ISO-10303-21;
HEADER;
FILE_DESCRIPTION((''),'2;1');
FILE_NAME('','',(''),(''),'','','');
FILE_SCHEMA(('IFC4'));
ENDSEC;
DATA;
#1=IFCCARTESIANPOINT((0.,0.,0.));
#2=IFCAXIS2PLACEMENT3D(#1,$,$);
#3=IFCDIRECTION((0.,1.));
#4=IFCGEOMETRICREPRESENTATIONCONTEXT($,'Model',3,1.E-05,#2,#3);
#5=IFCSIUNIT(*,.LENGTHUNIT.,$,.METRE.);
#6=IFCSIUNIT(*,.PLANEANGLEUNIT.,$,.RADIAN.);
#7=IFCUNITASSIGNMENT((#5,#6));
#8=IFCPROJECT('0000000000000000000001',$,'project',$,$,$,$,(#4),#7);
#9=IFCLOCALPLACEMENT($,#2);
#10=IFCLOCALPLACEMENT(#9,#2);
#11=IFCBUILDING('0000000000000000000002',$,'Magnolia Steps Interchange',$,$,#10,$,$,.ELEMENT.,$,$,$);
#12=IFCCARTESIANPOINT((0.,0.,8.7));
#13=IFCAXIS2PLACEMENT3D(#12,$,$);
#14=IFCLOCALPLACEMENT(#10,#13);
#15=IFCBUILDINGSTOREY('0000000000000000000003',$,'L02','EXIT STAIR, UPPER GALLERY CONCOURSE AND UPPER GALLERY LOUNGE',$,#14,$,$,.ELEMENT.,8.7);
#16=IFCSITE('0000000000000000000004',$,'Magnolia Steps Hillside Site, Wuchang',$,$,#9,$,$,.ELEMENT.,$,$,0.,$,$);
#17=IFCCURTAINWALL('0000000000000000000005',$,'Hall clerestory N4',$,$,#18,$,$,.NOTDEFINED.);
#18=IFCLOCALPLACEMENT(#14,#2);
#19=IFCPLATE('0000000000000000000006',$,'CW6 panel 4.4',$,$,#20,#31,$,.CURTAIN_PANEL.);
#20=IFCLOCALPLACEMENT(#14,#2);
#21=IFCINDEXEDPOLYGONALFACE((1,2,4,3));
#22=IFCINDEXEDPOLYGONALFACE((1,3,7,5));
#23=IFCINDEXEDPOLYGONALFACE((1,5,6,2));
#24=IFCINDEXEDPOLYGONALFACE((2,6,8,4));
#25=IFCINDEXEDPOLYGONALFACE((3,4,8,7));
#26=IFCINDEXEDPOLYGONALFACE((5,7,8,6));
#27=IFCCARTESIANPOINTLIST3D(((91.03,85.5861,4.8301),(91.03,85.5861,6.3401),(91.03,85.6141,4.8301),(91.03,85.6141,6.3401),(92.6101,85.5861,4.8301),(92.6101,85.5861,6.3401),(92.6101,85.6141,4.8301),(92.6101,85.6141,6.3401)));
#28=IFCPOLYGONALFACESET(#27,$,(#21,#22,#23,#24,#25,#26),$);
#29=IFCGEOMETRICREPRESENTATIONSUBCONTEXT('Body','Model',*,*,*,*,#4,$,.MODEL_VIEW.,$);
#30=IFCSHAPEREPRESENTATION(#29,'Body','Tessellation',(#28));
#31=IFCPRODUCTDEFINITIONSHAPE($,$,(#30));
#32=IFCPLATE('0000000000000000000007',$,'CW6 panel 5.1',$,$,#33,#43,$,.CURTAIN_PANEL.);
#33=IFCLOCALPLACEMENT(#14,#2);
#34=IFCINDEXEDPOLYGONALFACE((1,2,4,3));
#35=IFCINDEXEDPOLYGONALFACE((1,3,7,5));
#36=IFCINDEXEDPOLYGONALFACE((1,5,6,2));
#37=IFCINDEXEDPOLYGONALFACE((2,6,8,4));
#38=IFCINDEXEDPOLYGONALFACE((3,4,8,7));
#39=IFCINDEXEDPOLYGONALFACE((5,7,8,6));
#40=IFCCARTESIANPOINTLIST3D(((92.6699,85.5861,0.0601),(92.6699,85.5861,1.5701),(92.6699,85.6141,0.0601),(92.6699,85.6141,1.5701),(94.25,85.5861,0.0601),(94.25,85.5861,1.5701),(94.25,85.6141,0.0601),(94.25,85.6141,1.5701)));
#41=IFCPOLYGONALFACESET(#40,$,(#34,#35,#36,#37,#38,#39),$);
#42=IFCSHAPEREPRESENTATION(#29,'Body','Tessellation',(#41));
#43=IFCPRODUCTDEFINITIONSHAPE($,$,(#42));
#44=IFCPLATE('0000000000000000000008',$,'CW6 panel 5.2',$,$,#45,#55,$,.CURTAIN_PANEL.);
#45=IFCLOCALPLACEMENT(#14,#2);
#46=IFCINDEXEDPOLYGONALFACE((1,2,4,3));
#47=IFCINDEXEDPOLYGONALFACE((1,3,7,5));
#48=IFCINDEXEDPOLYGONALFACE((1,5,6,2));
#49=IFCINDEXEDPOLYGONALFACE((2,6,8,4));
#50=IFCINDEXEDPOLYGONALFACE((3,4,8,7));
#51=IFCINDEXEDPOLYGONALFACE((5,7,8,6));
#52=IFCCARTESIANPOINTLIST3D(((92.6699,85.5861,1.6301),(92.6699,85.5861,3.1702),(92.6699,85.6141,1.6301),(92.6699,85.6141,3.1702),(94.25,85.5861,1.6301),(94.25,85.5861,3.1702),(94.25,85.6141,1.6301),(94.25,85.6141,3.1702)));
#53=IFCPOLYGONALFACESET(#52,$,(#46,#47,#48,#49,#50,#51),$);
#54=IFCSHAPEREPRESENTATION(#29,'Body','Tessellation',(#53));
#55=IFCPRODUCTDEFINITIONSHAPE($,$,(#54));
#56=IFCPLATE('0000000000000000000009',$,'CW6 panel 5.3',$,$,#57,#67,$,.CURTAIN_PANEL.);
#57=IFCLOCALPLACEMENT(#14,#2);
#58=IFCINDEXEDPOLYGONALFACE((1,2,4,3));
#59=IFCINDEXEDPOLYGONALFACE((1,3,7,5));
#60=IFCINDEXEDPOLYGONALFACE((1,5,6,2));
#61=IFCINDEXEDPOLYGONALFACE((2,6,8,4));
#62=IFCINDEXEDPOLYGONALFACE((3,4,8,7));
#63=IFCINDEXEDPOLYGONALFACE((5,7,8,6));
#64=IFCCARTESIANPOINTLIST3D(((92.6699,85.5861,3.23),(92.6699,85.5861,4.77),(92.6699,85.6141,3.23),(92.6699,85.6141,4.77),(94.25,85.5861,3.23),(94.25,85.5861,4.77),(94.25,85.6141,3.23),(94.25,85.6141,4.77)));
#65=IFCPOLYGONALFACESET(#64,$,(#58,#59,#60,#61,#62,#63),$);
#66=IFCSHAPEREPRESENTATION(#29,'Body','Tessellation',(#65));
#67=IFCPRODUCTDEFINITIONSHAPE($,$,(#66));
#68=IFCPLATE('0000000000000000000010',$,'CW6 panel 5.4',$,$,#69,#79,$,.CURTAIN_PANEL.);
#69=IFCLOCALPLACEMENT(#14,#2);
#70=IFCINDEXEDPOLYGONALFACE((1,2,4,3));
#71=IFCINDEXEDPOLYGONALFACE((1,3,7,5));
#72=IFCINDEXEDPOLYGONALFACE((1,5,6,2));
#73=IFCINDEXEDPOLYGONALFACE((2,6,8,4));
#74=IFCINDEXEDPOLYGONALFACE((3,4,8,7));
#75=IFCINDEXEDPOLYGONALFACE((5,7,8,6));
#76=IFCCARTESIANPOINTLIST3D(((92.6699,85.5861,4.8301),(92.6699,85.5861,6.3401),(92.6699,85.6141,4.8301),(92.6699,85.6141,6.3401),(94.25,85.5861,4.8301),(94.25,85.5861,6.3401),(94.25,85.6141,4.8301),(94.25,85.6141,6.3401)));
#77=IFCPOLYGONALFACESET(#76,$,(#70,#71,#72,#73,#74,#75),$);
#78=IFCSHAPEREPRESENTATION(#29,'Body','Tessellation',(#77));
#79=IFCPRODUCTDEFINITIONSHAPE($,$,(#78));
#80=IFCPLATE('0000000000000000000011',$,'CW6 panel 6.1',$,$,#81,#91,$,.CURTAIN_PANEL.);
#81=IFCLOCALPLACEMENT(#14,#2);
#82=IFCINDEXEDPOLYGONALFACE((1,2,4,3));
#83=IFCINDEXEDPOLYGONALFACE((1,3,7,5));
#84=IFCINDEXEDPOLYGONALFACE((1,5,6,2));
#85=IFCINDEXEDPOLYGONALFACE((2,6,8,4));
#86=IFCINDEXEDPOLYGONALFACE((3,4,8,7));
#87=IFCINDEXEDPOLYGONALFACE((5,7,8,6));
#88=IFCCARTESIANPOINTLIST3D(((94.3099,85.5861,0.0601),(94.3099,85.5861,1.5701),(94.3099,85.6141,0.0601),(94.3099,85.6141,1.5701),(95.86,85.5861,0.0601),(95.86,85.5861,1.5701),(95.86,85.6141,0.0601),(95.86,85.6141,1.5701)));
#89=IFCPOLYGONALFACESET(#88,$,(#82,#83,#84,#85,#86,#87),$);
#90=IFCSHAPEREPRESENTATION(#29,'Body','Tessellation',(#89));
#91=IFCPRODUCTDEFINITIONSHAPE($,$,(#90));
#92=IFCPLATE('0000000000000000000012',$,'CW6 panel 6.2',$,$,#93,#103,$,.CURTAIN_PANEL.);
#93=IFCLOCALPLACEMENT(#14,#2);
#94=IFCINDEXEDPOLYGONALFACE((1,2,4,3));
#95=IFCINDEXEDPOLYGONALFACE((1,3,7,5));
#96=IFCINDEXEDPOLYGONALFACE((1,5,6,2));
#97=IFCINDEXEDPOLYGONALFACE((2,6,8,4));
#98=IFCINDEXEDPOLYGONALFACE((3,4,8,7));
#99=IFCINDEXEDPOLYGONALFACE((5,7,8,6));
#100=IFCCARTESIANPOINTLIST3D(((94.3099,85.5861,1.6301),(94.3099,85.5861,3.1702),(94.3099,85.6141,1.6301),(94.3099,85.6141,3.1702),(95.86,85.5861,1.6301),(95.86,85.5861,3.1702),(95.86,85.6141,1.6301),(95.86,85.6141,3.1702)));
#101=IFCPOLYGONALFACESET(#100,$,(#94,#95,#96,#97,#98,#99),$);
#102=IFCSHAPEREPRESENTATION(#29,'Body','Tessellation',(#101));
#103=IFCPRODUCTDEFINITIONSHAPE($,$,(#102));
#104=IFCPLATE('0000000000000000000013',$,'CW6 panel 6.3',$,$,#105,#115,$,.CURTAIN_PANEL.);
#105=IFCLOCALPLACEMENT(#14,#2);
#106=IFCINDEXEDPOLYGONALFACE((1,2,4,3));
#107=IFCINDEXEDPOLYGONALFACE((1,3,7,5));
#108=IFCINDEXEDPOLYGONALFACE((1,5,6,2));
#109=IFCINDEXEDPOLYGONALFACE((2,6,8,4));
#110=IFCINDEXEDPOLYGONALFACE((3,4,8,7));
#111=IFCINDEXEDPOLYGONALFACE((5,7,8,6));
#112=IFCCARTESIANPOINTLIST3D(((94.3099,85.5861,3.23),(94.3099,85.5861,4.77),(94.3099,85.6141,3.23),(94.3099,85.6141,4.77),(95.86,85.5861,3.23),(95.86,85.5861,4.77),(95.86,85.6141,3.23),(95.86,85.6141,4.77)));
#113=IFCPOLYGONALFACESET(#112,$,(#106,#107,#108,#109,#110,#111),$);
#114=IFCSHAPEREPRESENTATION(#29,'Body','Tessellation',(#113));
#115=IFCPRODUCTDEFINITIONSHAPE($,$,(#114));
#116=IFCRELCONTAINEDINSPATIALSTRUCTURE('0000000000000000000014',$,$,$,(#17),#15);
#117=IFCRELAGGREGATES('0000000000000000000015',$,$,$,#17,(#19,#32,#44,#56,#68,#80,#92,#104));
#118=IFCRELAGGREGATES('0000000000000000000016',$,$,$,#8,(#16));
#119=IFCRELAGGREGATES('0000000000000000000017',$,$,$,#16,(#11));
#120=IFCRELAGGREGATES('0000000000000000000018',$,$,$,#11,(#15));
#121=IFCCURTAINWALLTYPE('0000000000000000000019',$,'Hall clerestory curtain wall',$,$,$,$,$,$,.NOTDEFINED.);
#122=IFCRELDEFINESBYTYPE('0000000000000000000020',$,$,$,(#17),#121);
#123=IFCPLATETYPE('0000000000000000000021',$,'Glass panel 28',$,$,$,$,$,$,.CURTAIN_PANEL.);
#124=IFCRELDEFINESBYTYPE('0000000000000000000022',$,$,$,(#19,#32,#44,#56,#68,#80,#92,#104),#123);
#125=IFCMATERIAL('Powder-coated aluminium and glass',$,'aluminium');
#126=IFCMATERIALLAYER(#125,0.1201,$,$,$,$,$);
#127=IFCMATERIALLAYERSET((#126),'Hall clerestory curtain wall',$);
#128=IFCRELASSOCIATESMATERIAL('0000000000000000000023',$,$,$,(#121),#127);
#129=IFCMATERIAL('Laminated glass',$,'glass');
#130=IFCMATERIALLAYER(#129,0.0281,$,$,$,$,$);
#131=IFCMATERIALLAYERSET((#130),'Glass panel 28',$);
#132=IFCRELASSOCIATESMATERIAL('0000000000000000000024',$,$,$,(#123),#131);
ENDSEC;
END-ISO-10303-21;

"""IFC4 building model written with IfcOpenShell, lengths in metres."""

from ifc_helpers import new_model, si_unit, direction, frame, origin, origin_2d, place, context, subcontext, project, spatial, rectangle, extrude, material, layer, layer_set, type_object, element, aggregate, save


model = new_model("IFC4")

# Units and contexts
model_context = context("Model", 3, precision=1e-05, world=origin(), true_north=direction((0.0, 1.0)))
body_context = subcontext(model_context, "Body", "Model", "MODEL_VIEW")
ifc_project = project(units=[si_unit("LENGTHUNIT", "METRE"), si_unit("PLANEANGLEUNIT", "RADIAN")], contexts=[model_context])

# Site, building, storey
site_placement = place(None, origin())
site = spatial("IfcSite", under=ifc_project, at=site_placement, Name="Magnolia Steps Hillside Site, Wuchang", CompositionType="ELEMENT", RefElevation=0.0)
building_placement = place(site_placement, origin())
building = spatial("IfcBuilding", under=site, at=building_placement, Name="Magnolia Steps Interchange", CompositionType="ELEMENT")
storey_placement = place(building_placement, frame((0.0, 0.0, 8.7)))
storey = spatial("IfcBuildingStorey", under=building, at=storey_placement, Name="L02", Description="EXIT STAIR, UPPER GALLERY CONCOURSE AND UPPER GALLERY LOUNGE", CompositionType="ELEMENT", Elevation=8.7)

# Curtain wall, plates
ifc_material_1 = material(Name="Powder-coated aluminium and glass", Category="aluminium")
ifc_layer_1 = layer(ifc_material_1, 0.1201)
ifc_layer_set_1 = layer_set([ifc_layer_1], Name="Hall clerestory curtain wall")
curtain_wall_type = type_object("IfcCurtainWallType", Name="Hall clerestory curtain wall", PredefinedType="NOTDEFINED", material=ifc_layer_set_1)
curtain_wall_placement = place(storey_placement, origin())
curtain_wall = element("IfcCurtainWall", 1, at=curtain_wall_placement, inside=storey, type_object=curtain_wall_type, Name="Hall clerestory N4", PredefinedType="NOTDEFINED")
ifc_material_2 = material(Name="Laminated glass", Category="glass")
ifc_layer_2 = layer(ifc_material_2, 0.0281)
ifc_layer_set_2 = layer_set([ifc_layer_2], Name="Glass panel 28")
plate_type = type_object("IfcPlateType", Name="Glass panel 28", PredefinedType="CURTAIN_PANEL", material=ifc_layer_set_2)
plate_1_placement = place(storey_placement, frame((91.8201, 85.6001, 4.8301), z_axis=(0.0, 0.0, 1.0), x_axis=(1.0, 0.0, 0.0)))
plate_1 = element("IfcPlate", 2, at=plate_1_placement, type_object=plate_type, Name="CW6 panel 4.4", PredefinedType="CURTAIN_PANEL", context=body_context, shape_type="SweptSolid", body=[
    extrude(rectangle(XDim=1.5801, YDim=0.0281, at=origin_2d()), origin(), (0.0, 0.0, 1.0), 1.51),
])
plate_2_placement = place(storey_placement, frame((93.46, 85.6001, 0.0601), z_axis=(0.0, 0.0, 1.0), x_axis=(1.0, 0.0, 0.0)))
plate_2 = element("IfcPlate", 3, at=plate_2_placement, type_object=plate_type, Name="CW6 panel 5.1", PredefinedType="CURTAIN_PANEL", context=body_context, shape_type="SweptSolid", body=[
    extrude(rectangle(XDim=1.5801, YDim=0.0281, at=origin_2d()), origin(), (0.0, 0.0, 1.0), 1.51),
])
plate_3_placement = place(storey_placement, frame((93.46, 85.6001, 1.6301), z_axis=(0.0, 0.0, 1.0), x_axis=(1.0, 0.0, 0.0)))
plate_3 = element("IfcPlate", 4, at=plate_3_placement, type_object=plate_type, Name="CW6 panel 5.2", PredefinedType="CURTAIN_PANEL", context=body_context, shape_type="SweptSolid", body=[
    extrude(rectangle(XDim=1.5801, YDim=0.0281, at=origin_2d()), origin(), (0.0, 0.0, 1.0), 1.54),
])
plate_4_placement = place(storey_placement, frame((93.46, 85.6001, 3.23), z_axis=(0.0, 0.0, 1.0), x_axis=(1.0, 0.0, 0.0)))
plate_4 = element("IfcPlate", 5, at=plate_4_placement, type_object=plate_type, Name="CW6 panel 5.3", PredefinedType="CURTAIN_PANEL", context=body_context, shape_type="SweptSolid", body=[
    extrude(rectangle(XDim=1.5801, YDim=0.0281, at=origin_2d()), origin(), (0.0, 0.0, 1.0), 1.54),
])
plate_5_placement = place(storey_placement, frame((93.46, 85.6001, 4.8301), z_axis=(0.0, 0.0, 1.0), x_axis=(1.0, 0.0, 0.0)))
plate_5 = element("IfcPlate", 6, at=plate_5_placement, type_object=plate_type, Name="CW6 panel 5.4", PredefinedType="CURTAIN_PANEL", context=body_context, shape_type="SweptSolid", body=[
    extrude(rectangle(XDim=1.5801, YDim=0.0281, at=origin_2d()), origin(), (0.0, 0.0, 1.0), 1.51),
])
plate_6_placement = place(storey_placement, frame((95.085, 85.6001, 0.0601), z_axis=(0.0, 0.0, 1.0), x_axis=(1.0, 0.0, 0.0)))
plate_6 = element("IfcPlate", 7, at=plate_6_placement, type_object=plate_type, Name="CW6 panel 6.1", PredefinedType="CURTAIN_PANEL", context=body_context, shape_type="SweptSolid", body=[
    extrude(rectangle(XDim=1.55, YDim=0.0281, at=origin_2d()), origin(), (0.0, 0.0, 1.0), 1.51),
])
plate_7_placement = place(storey_placement, frame((95.085, 85.6001, 1.6301), z_axis=(0.0, 0.0, 1.0), x_axis=(1.0, 0.0, 0.0)))
plate_7 = element("IfcPlate", 8, at=plate_7_placement, type_object=plate_type, Name="CW6 panel 6.2", PredefinedType="CURTAIN_PANEL", context=body_context, shape_type="SweptSolid", body=[
    extrude(rectangle(XDim=1.55, YDim=0.0281, at=origin_2d()), origin(), (0.0, 0.0, 1.0), 1.54),
])
plate_8_placement = place(storey_placement, frame((95.085, 85.6001, 3.23), z_axis=(0.0, 0.0, 1.0), x_axis=(1.0, 0.0, 0.0)))
plate_8 = element("IfcPlate", 9, at=plate_8_placement, type_object=plate_type, Name="CW6 panel 6.3", PredefinedType="CURTAIN_PANEL", context=body_context, shape_type="SweptSolid", body=[
    extrude(rectangle(XDim=1.55, YDim=0.0281, at=origin_2d()), origin(), (0.0, 0.0, 1.0), 1.54),
])
aggregate(curtain_wall, [plate_1, plate_2, plate_3, plate_4, plate_5, plate_6, plate_7, plate_8])

save(model, "model.ifc")
